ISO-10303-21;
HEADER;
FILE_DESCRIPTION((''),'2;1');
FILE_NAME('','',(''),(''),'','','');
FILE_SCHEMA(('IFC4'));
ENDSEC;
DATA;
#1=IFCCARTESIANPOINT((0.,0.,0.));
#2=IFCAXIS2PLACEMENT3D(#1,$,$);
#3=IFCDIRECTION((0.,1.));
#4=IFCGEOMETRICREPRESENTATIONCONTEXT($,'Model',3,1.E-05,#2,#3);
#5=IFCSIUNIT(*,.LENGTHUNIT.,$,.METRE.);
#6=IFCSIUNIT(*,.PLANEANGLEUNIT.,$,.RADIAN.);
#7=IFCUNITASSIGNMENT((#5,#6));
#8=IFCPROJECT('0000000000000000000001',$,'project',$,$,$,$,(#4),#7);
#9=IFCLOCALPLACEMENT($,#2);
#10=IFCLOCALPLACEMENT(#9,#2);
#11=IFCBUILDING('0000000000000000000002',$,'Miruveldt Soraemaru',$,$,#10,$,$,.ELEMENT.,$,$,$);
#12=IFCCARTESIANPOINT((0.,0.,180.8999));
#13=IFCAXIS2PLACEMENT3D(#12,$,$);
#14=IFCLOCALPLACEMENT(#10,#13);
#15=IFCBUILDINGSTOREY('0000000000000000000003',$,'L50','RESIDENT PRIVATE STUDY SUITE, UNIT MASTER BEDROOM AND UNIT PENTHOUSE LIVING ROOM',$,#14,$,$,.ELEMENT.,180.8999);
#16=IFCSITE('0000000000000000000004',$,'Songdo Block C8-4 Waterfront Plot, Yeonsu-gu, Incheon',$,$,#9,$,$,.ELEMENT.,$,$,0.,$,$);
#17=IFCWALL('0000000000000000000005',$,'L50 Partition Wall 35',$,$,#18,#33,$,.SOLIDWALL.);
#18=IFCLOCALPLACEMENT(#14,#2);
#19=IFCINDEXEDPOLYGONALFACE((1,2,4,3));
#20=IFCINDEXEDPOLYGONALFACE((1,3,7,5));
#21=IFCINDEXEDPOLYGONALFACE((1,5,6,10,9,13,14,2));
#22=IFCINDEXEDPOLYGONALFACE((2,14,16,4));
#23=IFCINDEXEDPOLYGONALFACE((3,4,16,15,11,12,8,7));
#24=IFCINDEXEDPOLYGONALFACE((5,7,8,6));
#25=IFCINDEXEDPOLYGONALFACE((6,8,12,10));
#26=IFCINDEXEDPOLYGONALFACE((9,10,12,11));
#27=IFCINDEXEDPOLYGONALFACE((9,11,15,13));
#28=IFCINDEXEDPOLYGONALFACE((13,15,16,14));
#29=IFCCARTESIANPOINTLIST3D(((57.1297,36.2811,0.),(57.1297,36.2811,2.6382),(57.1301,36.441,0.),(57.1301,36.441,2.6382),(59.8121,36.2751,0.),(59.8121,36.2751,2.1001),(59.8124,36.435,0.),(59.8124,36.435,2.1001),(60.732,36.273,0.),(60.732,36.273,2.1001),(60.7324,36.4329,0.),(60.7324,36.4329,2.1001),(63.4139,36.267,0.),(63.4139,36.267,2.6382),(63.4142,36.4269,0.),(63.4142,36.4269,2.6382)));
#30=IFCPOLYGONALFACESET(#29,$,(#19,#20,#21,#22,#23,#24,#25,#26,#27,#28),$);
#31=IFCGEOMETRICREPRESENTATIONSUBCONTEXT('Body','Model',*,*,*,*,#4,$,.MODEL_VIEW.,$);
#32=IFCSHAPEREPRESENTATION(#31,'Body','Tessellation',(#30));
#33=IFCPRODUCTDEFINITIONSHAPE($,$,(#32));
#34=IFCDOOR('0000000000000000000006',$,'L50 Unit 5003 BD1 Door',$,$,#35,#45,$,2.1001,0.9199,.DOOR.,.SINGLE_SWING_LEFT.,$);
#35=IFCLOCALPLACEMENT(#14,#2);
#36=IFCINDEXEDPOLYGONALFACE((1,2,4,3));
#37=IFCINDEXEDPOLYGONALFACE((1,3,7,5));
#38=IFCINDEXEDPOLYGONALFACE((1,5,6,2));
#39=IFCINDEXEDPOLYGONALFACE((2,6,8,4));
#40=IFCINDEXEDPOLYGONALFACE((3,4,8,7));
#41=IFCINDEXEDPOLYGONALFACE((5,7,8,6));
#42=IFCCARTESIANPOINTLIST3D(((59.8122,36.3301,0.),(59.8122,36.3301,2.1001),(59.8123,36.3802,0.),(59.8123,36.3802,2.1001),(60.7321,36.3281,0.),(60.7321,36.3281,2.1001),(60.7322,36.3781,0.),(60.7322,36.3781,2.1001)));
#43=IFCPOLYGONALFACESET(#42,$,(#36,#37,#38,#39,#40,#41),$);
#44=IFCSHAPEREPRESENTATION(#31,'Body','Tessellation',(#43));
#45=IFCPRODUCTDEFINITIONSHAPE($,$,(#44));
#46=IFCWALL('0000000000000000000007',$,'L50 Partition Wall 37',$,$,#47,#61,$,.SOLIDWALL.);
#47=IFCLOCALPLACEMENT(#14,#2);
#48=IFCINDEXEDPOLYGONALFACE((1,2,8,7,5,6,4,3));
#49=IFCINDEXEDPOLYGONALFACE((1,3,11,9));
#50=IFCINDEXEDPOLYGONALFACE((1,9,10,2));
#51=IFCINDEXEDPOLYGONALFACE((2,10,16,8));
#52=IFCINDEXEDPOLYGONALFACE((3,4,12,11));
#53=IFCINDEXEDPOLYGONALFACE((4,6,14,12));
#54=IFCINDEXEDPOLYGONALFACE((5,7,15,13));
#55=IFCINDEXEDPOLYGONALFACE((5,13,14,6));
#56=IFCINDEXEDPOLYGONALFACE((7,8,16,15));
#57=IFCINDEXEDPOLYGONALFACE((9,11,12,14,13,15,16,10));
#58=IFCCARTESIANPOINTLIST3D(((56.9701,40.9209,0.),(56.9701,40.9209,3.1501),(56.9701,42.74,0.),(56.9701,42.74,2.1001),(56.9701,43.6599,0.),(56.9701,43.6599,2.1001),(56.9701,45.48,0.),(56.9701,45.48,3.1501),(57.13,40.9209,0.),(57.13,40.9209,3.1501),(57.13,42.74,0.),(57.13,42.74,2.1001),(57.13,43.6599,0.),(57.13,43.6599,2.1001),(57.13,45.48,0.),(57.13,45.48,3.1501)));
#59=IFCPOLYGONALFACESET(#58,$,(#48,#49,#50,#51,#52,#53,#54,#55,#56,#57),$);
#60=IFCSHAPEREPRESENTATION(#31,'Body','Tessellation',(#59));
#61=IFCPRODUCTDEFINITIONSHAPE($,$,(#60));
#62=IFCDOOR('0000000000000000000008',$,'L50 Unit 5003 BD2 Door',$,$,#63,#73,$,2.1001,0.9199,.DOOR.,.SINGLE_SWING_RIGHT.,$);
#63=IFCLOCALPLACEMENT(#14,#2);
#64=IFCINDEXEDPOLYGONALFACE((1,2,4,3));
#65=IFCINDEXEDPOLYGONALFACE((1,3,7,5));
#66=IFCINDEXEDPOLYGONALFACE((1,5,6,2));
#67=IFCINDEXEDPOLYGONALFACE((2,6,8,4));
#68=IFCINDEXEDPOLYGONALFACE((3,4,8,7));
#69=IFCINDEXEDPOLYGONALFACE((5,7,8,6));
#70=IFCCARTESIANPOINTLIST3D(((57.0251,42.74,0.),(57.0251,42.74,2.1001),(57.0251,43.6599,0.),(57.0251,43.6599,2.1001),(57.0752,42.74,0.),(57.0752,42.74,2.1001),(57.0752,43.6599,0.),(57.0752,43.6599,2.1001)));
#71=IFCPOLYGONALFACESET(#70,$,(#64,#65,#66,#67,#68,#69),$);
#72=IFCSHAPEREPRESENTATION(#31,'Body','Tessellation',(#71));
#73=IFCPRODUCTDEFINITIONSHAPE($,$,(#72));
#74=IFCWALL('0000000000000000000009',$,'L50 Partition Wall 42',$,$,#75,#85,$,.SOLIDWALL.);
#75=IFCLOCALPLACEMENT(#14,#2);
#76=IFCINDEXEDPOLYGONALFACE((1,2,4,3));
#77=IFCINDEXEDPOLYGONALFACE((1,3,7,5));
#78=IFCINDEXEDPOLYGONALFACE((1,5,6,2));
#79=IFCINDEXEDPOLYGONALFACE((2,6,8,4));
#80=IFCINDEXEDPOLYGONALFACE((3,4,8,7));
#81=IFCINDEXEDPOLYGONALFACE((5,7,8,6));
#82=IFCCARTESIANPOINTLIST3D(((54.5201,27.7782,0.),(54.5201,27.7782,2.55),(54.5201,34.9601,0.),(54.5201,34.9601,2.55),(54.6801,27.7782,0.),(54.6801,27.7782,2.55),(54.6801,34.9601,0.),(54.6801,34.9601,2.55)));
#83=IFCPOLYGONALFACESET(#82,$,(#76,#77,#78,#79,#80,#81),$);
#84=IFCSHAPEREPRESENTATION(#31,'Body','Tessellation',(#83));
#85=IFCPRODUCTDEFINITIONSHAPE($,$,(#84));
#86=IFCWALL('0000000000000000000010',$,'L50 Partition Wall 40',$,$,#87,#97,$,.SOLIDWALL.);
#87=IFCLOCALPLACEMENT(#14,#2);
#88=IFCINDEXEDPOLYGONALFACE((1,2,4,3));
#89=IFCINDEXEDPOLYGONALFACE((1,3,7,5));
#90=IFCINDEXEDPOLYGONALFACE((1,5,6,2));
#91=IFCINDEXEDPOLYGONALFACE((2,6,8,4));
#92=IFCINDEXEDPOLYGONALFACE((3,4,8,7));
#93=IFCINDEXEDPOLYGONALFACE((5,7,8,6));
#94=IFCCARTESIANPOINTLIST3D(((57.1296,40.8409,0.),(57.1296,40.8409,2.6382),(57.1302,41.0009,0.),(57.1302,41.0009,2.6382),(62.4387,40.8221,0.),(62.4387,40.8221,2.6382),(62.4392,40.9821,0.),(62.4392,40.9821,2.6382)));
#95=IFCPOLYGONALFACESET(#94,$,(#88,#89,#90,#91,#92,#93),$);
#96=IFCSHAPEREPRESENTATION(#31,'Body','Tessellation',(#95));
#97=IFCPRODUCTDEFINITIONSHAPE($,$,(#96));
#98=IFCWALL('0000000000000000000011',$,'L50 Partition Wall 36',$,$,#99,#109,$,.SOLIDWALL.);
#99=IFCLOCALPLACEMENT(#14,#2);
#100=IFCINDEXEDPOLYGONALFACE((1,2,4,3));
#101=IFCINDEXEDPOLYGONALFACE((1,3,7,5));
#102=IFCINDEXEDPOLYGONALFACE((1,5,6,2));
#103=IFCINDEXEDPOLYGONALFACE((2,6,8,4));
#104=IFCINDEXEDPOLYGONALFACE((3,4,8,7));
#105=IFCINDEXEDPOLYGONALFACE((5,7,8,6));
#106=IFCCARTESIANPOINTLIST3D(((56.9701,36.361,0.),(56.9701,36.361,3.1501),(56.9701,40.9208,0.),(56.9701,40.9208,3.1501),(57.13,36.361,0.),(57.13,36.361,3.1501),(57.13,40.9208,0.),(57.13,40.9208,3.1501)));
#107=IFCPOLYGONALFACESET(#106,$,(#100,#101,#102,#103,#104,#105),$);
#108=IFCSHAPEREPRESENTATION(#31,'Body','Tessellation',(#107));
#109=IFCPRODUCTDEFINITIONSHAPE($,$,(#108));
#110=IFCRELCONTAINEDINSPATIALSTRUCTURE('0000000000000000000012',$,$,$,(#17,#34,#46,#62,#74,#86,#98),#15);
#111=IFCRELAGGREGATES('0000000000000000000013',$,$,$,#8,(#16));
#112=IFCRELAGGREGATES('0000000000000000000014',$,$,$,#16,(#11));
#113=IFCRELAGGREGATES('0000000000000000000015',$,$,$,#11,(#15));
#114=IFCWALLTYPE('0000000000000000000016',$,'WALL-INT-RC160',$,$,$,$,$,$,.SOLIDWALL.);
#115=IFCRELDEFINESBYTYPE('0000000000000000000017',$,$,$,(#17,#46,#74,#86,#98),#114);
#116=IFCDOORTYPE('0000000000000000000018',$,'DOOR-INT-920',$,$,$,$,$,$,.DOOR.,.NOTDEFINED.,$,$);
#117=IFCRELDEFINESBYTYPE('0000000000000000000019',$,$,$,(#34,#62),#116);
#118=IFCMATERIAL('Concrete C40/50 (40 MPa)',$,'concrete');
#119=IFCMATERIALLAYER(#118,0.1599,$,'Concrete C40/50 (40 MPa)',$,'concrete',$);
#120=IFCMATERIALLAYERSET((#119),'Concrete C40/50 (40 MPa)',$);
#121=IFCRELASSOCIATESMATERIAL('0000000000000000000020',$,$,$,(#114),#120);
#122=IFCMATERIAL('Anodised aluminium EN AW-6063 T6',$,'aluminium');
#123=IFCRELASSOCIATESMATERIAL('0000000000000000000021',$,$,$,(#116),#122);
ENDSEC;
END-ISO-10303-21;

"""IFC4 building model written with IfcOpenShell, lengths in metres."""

from ifc_helpers import new_model, si_unit, direction, frame, frame_2d, origin, place, context, subcontext, project, spatial, rectangle, extrude, material, layer, layer_set, type_object, element, fill, save


model = new_model("IFC4")

# Units and contexts
model_context = context("Model", 3, precision=1e-05, world=origin(), true_north=direction((0.0, 1.0)))
body_context = subcontext(model_context, "Body", "Model", "MODEL_VIEW")
ifc_project = project(units=[si_unit("LENGTHUNIT", "METRE"), si_unit("PLANEANGLEUNIT", "RADIAN")], contexts=[model_context])

# Site, building, storey
site_placement = place(None, origin())
site = spatial("IfcSite", under=ifc_project, at=site_placement, Name="Songdo Block C8-4 Waterfront Plot, Yeonsu-gu, Incheon", CompositionType="ELEMENT", RefElevation=0.0)
building_placement = place(site_placement, origin())
building = spatial("IfcBuilding", under=site, at=building_placement, Name="Miruveldt Soraemaru", CompositionType="ELEMENT")
storey_placement = place(building_placement, frame((0.0, 0.0, 180.8999)))
storey = spatial("IfcBuildingStorey", under=building, at=storey_placement, Name="L50", Description="RESIDENT PRIVATE STUDY SUITE, UNIT MASTER BEDROOM AND UNIT PENTHOUSE LIVING ROOM", CompositionType="ELEMENT", Elevation=180.8999)

# Walls, openings, doors
ifc_material_1 = material(Name="Concrete C40/50 (40 MPa)", Category="concrete")
ifc_layer_1 = layer(ifc_material_1, 0.1599, Name="Concrete C40/50 (40 MPa)", Category="concrete")
ifc_layer_set_1 = layer_set([ifc_layer_1], Name="Concrete C40/50 (40 MPa)")
wall_type_1 = type_object("IfcWallType", Name="WALL-INT-RC160", PredefinedType="SOLIDWALL", material=ifc_layer_set_1)
ifc_material_2 = material(Name="Anodised aluminium EN AW-6063 T6", Category="aluminium")
wall_1_placement = place(storey_placement, frame((63.4141, 36.3469, 0.0), z_axis=(0.0, 0.0, 1.0), x_axis=(-0.999997, 0.002253, 0.0)))
wall_1 = element("IfcWall", 1, at=wall_1_placement, inside=storey, type_object=wall_type_1, Name="L50 Partition Wall 35", PredefinedType="SOLIDWALL", context=body_context, shape_type="SweptSolid", body=[
    extrude(rectangle(XDim=6.2842, YDim=0.1599, at=frame_2d((3.1421, 0.0))), origin(), (0.0, 0.0, 1.0), 2.6382),
])
opening_1_placement = place(wall_1_placement, frame((2.6819, 0.0, 0.0)))
opening_1 = element("IfcOpeningElement", 2, at=opening_1_placement, cuts=wall_1, PredefinedType="OPENING", context=body_context, shape_type="SweptSolid", body=[
    extrude(rectangle(XDim=0.9199, YDim=2.1001, at=frame_2d((0.46, 1.05))), frame((0.0, 0.0898, 0.0), z_axis=(0.0, -1.0, 0.0), x_axis=(1.0, 0.0, 0.0)), (0.0, 0.0, 1.0), 0.1799),
])
door_type_1 = type_object("IfcDoorType", Name="DOOR-INT-920", OperationType="NOTDEFINED", PredefinedType="DOOR", material=ifc_material_2)
door_1_placement = place(opening_1_placement, origin())
door_1 = element("IfcDoor", 3, at=door_1_placement, inside=storey, type_object=door_type_1, Name="L50 Unit 5003 BD1 Door", OperationType="SINGLE_SWING_LEFT", OverallHeight=2.1001, OverallWidth=0.9199, PredefinedType="DOOR", context=body_context, shape_type="SweptSolid", body=[
    extrude(rectangle(XDim=0.9199, YDim=2.1001, at=frame_2d((0.46, 1.05))), frame((0.0, 0.0249, 0.0), z_axis=(0.0, -1.0, 0.0), x_axis=(1.0, 0.0, 0.0)), (0.0, 0.0, 1.0), 0.05),
])
fill(opening_1, door_1)
wall_2_placement = place(storey_placement, frame((57.05, 40.9209, 0.0), z_axis=(0.0, 0.0, 1.0), x_axis=(0.0, 1.0, 0.0)))
wall_2 = element("IfcWall", 4, at=wall_2_placement, inside=storey, type_object=wall_type_1, Name="L50 Partition Wall 37", PredefinedType="SOLIDWALL", context=body_context, shape_type="SweptSolid", body=[
    extrude(rectangle(XDim=4.5591, YDim=0.1599, at=frame_2d((2.2795, 0.0))), origin(), (0.0, 0.0, 1.0), 3.1501),
])
opening_2_placement = place(wall_2_placement, frame((1.8191, 0.0, 0.0)))
opening_2 = element("IfcOpeningElement", 5, at=opening_2_placement, cuts=wall_2, PredefinedType="OPENING", context=body_context, shape_type="SweptSolid", body=[
    extrude(rectangle(XDim=0.9199, YDim=2.1001, at=frame_2d((0.46, 1.05))), frame((0.0, 0.0898, 0.0), z_axis=(0.0, -1.0, 0.0), x_axis=(1.0, 0.0, 0.0)), (0.0, 0.0, 1.0), 0.1799),
])
door_2_placement = place(opening_2_placement, origin())
door_2 = element("IfcDoor", 6, at=door_2_placement, inside=storey, type_object=door_type_1, Name="L50 Unit 5003 BD2 Door", OperationType="SINGLE_SWING_RIGHT", OverallHeight=2.1001, OverallWidth=0.9199, PredefinedType="DOOR", context=body_context, shape_type="SweptSolid", body=[
    extrude(rectangle(XDim=0.9199, YDim=2.1001, at=frame_2d((0.46, 1.05))), frame((0.0, 0.0249, 0.0), z_axis=(0.0, -1.0, 0.0), x_axis=(1.0, 0.0, 0.0)), (0.0, 0.0, 1.0), 0.05),
])
fill(opening_2, door_2)

# Walls
wall_3_placement = place(storey_placement, frame((54.6001, 34.96, 0.0), z_axis=(0.0, 0.0, 1.0), x_axis=(0.0, -1.0, 0.0)))
element("IfcWall", 7, at=wall_3_placement, inside=storey, type_object=wall_type_1, Name="L50 Partition Wall 42", PredefinedType="SOLIDWALL", context=body_context, shape_type="SweptSolid", body=[
    extrude(rectangle(XDim=7.1819, YDim=0.1599, at=frame_2d((3.5908, 0.0))), origin(), (0.0, 0.0, 1.0), 2.55),
])
wall_4_placement = place(storey_placement, frame((62.439, 40.9021, 0.0), z_axis=(0.0, 0.0, 1.0), x_axis=(-0.999994, 0.003541, 0.0)))
element("IfcWall", 8, at=wall_4_placement, inside=storey, type_object=wall_type_1, Name="L50 Partition Wall 40", PredefinedType="SOLIDWALL", context=body_context, shape_type="SweptSolid", body=[
    extrude(rectangle(XDim=5.3091, YDim=0.1599, at=frame_2d((2.6545, 0.0))), origin(), (0.0, 0.0, 1.0), 2.6382),
])
wall_5_placement = place(storey_placement, frame((57.05, 36.3611, 0.0), z_axis=(0.0, 0.0, 1.0), x_axis=(0.0, 1.0, 0.0)))
element("IfcWall", 9, at=wall_5_placement, inside=storey, type_object=wall_type_1, Name="L50 Partition Wall 36", PredefinedType="SOLIDWALL", context=body_context, shape_type="SweptSolid", body=[
    extrude(rectangle(XDim=4.5598, YDim=0.1599, at=frame_2d((2.2798, 0.0))), origin(), (0.0, 0.0, 1.0), 3.1501),
])

save(model, "model.ifc")
